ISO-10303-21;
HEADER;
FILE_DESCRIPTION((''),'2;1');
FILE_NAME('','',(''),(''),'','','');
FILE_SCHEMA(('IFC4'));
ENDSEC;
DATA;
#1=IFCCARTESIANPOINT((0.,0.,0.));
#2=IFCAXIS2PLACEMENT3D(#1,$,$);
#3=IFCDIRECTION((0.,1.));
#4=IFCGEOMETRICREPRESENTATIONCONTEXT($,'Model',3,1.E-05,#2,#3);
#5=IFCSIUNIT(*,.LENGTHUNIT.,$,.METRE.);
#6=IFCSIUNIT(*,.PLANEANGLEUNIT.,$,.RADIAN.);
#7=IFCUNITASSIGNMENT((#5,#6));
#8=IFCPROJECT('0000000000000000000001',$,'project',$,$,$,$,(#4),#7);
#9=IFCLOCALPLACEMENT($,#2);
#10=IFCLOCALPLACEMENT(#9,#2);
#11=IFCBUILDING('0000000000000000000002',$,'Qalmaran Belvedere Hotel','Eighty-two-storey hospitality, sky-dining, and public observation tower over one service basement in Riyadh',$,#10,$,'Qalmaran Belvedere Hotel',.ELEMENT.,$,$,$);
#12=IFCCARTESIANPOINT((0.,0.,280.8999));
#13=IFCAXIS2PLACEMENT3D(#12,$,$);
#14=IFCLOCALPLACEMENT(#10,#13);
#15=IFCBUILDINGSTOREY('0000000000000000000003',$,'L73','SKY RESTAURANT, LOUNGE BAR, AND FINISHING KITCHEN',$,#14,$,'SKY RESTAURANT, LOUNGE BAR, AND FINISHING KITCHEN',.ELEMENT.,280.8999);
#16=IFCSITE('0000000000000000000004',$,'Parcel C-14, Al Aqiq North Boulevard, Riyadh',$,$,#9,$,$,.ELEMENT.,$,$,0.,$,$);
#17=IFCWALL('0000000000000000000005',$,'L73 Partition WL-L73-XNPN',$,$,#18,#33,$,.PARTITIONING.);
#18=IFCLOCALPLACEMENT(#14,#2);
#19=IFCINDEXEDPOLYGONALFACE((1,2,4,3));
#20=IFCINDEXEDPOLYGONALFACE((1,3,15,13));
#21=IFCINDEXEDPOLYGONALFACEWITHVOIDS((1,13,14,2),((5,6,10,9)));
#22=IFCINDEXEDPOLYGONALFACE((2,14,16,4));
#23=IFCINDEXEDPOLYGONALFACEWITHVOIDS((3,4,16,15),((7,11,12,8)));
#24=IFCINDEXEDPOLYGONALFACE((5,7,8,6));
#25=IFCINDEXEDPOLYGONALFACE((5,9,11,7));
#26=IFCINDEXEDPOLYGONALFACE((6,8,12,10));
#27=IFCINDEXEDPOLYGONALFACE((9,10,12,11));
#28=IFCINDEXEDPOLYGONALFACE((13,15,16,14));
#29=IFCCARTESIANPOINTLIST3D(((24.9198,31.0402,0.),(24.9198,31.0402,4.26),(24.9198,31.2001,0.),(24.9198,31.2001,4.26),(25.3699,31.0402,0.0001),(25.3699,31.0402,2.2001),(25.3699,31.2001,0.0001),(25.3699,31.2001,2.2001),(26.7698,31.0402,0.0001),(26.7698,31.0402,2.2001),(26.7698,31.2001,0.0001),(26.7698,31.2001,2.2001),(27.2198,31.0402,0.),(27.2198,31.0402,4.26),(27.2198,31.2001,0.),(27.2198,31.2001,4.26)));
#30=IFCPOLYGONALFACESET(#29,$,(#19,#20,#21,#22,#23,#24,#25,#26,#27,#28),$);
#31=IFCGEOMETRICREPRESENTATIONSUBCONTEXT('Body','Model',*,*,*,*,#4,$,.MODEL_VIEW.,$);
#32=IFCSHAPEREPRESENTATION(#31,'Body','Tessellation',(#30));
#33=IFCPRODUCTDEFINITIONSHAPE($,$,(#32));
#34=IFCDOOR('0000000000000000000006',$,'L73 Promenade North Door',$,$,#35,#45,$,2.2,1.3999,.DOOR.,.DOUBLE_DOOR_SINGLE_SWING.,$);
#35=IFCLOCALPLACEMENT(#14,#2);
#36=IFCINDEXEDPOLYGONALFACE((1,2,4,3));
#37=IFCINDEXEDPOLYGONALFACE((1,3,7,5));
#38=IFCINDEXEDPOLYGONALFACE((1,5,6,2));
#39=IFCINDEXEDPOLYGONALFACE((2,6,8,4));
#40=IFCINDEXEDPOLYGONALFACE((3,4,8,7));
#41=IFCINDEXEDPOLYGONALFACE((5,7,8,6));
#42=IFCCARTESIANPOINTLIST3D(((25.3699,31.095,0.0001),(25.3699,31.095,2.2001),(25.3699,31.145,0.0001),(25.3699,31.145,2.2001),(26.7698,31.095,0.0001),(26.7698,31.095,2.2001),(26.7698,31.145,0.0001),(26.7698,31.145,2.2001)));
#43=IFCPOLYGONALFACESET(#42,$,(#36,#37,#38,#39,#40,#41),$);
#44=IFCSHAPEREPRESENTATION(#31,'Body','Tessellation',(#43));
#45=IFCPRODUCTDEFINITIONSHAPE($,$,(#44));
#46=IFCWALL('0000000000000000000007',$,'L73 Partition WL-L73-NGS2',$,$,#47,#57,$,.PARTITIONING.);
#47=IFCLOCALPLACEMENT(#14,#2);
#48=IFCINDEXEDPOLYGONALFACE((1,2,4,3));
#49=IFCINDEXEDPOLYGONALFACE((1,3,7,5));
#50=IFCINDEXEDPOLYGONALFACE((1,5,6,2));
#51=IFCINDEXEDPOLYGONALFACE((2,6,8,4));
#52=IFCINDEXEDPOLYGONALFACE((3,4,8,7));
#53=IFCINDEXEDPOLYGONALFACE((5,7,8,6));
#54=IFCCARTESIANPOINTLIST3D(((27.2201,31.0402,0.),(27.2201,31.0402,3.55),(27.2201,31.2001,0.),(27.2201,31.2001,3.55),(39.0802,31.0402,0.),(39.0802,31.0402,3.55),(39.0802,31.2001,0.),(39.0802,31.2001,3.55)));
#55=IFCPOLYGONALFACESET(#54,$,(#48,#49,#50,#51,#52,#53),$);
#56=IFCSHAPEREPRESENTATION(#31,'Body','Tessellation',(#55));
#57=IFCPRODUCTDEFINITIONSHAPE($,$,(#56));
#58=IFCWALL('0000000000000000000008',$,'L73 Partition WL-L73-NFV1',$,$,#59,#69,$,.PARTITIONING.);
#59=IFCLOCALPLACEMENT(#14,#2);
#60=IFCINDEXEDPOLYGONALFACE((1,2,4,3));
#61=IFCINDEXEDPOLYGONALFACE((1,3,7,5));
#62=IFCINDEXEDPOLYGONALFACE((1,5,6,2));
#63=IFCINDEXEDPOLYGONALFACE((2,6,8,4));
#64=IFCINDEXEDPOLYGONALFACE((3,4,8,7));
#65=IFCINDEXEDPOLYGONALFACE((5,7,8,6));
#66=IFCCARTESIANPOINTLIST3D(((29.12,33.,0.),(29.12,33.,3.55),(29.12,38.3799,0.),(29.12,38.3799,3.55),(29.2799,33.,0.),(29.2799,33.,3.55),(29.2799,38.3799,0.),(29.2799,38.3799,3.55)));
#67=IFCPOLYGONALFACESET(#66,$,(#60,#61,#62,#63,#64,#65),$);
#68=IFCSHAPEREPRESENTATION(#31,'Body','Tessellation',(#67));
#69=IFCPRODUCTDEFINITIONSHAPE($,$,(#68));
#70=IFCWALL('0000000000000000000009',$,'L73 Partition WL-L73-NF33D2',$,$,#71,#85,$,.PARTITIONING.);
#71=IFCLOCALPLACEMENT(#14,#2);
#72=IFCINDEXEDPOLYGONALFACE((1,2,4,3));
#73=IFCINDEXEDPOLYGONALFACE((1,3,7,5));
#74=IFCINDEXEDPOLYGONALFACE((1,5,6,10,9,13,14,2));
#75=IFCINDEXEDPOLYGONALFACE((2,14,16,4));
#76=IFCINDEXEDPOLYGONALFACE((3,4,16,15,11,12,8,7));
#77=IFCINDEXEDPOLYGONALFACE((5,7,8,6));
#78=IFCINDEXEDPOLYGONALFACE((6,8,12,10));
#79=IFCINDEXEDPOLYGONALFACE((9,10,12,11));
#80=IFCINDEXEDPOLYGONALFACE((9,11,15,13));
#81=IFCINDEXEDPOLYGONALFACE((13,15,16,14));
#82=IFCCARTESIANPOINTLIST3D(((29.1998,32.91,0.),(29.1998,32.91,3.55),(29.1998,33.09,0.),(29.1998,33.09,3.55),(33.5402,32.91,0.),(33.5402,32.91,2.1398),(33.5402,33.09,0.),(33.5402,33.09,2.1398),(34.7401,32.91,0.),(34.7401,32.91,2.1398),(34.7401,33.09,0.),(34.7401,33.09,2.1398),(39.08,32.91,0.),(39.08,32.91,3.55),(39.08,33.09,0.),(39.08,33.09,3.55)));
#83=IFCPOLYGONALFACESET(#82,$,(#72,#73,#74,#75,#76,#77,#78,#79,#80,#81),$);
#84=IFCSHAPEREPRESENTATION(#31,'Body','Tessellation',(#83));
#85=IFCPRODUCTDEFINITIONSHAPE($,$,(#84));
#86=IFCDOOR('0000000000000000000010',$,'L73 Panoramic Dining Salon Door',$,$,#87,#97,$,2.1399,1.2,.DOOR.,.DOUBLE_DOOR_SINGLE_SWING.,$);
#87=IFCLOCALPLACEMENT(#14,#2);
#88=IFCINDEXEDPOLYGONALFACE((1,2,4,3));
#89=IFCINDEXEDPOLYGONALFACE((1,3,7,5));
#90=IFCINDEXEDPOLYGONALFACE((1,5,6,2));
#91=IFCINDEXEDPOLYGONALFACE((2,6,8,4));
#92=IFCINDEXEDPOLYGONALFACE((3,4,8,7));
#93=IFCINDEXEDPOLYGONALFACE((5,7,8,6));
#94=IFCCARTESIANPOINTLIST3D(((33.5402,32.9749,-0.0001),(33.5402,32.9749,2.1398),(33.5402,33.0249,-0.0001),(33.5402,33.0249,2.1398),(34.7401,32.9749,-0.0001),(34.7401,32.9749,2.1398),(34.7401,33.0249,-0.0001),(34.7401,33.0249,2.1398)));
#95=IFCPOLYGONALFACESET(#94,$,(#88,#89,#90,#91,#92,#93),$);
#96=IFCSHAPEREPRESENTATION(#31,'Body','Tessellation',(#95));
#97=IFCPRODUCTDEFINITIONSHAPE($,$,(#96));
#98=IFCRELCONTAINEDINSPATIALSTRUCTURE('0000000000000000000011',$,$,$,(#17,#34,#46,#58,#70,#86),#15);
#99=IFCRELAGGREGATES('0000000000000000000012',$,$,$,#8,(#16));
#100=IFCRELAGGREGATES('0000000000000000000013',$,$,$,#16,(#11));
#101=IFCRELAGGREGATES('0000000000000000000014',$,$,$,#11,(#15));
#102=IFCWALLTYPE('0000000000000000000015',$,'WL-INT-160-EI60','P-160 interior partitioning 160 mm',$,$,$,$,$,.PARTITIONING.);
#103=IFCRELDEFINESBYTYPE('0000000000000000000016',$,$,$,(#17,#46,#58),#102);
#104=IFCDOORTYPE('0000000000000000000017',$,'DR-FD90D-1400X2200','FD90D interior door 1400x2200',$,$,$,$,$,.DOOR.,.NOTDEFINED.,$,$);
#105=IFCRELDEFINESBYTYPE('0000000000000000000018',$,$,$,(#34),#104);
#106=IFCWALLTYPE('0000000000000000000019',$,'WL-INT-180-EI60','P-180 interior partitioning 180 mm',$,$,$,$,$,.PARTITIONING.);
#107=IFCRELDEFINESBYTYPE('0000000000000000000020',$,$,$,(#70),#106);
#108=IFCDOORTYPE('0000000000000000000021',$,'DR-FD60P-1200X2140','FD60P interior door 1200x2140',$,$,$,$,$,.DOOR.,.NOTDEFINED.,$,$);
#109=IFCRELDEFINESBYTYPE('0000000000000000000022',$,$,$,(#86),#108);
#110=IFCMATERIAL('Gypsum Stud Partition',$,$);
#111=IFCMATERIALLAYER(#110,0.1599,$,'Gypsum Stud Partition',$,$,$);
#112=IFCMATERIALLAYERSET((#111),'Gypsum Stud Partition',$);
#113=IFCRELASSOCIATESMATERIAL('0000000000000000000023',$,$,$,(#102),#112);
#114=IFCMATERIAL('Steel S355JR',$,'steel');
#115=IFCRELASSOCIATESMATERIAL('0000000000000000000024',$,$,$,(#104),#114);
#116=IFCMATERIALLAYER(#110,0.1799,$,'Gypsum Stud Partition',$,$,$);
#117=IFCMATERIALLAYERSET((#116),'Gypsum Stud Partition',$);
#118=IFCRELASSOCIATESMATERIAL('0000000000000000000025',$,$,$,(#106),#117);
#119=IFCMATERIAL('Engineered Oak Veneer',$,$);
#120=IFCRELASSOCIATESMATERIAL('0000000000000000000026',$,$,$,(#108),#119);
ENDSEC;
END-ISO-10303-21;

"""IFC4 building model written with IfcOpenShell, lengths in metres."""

from ifc_helpers import new_model, si_unit, direction, frame, frame_2d, origin, place, context, subcontext, project, spatial, rectangle, extrude, material, layer, layer_set, type_object, element, fill, save


model = new_model("IFC4")

# Units and contexts
model_context = context("Model", 3, precision=1e-05, world=origin(), true_north=direction((0.0, 1.0)))
body_context = subcontext(model_context, "Body", "Model", "MODEL_VIEW")
ifc_project = project(units=[si_unit("LENGTHUNIT", "METRE"), si_unit("PLANEANGLEUNIT", "RADIAN")], contexts=[model_context])

# Site, building, storey
site_placement = place(None, origin())
site = spatial("IfcSite", under=ifc_project, at=site_placement, Name="Parcel C-14, Al Aqiq North Boulevard, Riyadh", CompositionType="ELEMENT", RefElevation=0.0)
building_placement = place(site_placement, origin())
building = spatial("IfcBuilding", under=site, at=building_placement, Name="Qalmaran Belvedere Hotel", Description="Eighty-two-storey hospitality, sky-dining, and public observation tower over one service basement in Riyadh", LongName="Qalmaran Belvedere Hotel", CompositionType="ELEMENT")
storey_placement = place(building_placement, frame((0.0, 0.0, 280.8999)))
storey = spatial("IfcBuildingStorey", under=building, at=storey_placement, Name="L73", Description="SKY RESTAURANT, LOUNGE BAR, AND FINISHING KITCHEN", LongName="SKY RESTAURANT, LOUNGE BAR, AND FINISHING KITCHEN", CompositionType="ELEMENT", Elevation=280.8999)

# Shared definitions
ifc_material_1 = material(Name="Steel S355JR", Category="steel")

# Wall, opening, door
ifc_material_2 = material(Name="Gypsum Stud Partition")
ifc_layer_1 = layer(ifc_material_2, 0.1599, Name="Gypsum Stud Partition")
ifc_layer_set_1 = layer_set([ifc_layer_1], Name="Gypsum Stud Partition")
wall_type_1 = type_object("IfcWallType", Name="WL-INT-160-EI60", Description="P-160 interior partitioning 160 mm", PredefinedType="PARTITIONING", material=ifc_layer_set_1)
wall_1_placement = place(storey_placement, frame((24.9199, 31.1201, 0.0), z_axis=(0.0, 0.0, 1.0), x_axis=(1.0, 0.0, 0.0)))
wall_1 = element("IfcWall", 1, at=wall_1_placement, inside=storey, type_object=wall_type_1, Name="L73 Partition WL-L73-XNPN", PredefinedType="PARTITIONING", context=body_context, shape_type="SweptSolid", body=[
    extrude(rectangle(XDim=2.3, YDim=0.1599, at=frame_2d((1.1499, 0.0))), origin(), (0.0, 0.0, 1.0), 4.26),
])
opening_1_placement = place(wall_1_placement, frame((0.45, 0.0, 0.0)))
opening_1 = element("IfcOpeningElement", 2, at=opening_1_placement, cuts=wall_1, PredefinedType="OPENING", context=body_context, shape_type="SweptSolid", body=[
    extrude(rectangle(XDim=1.3999, YDim=2.2, at=frame_2d((0.7, 1.1001))), frame((0.0, 0.0898, 0.0), z_axis=(0.0, -1.0, 0.0), x_axis=(1.0, 0.0, 0.0)), (0.0, 0.0, 1.0), 0.1799),
])
door_type_1 = type_object("IfcDoorType", Name="DR-FD90D-1400X2200", Description="FD90D interior door 1400x2200", OperationType="NOTDEFINED", PredefinedType="DOOR", material=ifc_material_1)
door_1_placement = place(opening_1_placement, origin())
door_1 = element("IfcDoor", 3, at=door_1_placement, inside=storey, type_object=door_type_1, Name="L73 Promenade North Door", OperationType="DOUBLE_DOOR_SINGLE_SWING", OverallHeight=2.2, OverallWidth=1.3999, PredefinedType="DOOR", context=body_context, shape_type="SweptSolid", body=[
    extrude(rectangle(XDim=1.3999, YDim=2.2, at=frame_2d((0.7, 1.1001))), frame((0.0, 0.0249, 0.0), z_axis=(0.0, -1.0, 0.0), x_axis=(1.0, 0.0, 0.0)), (0.0, 0.0, 1.0), 0.05),
])
fill(opening_1, door_1)

# Walls
wall_2_placement = place(storey_placement, frame((27.22, 31.1201, 0.0), z_axis=(0.0, 0.0, 1.0), x_axis=(1.0, 0.0, 0.0)))
element("IfcWall", 4, at=wall_2_placement, inside=storey, type_object=wall_type_1, Name="L73 Partition WL-L73-NGS2", PredefinedType="PARTITIONING", context=body_context, shape_type="SweptSolid", body=[
    extrude(rectangle(XDim=11.8601, YDim=0.1599, at=frame_2d((5.9302, 0.0))), origin(), (0.0, 0.0, 1.0), 3.55),
])
wall_3_placement = place(storey_placement, frame((29.2, 33.0, 0.0), z_axis=(0.0, 0.0, 1.0), x_axis=(0.0, 1.0, 0.0)))
element("IfcWall", 5, at=wall_3_placement, inside=storey, type_object=wall_type_1, Name="L73 Partition WL-L73-NFV1", PredefinedType="PARTITIONING", context=body_context, shape_type="SweptSolid", body=[
    extrude(rectangle(XDim=5.3799, YDim=0.1599, at=frame_2d((2.6899, 0.0))), origin(), (0.0, 0.0, 1.0), 3.55),
])

# Wall, opening, door
ifc_layer_2 = layer(ifc_material_2, 0.1799, Name="Gypsum Stud Partition")
ifc_layer_set_2 = layer_set([ifc_layer_2], Name="Gypsum Stud Partition")
wall_type_2 = type_object("IfcWallType", Name="WL-INT-180-EI60", Description="P-180 interior partitioning 180 mm", PredefinedType="PARTITIONING", material=ifc_layer_set_2)
wall_4_placement = place(storey_placement, frame((29.2, 33.0, 0.0), z_axis=(0.0, 0.0, 1.0), x_axis=(1.0, 0.0, 0.0)))
wall_4 = element("IfcWall", 6, at=wall_4_placement, inside=storey, type_object=wall_type_2, Name="L73 Partition WL-L73-NF33D2", PredefinedType="PARTITIONING", context=body_context, shape_type="SweptSolid", body=[
    extrude(rectangle(XDim=9.8801, YDim=0.1799, at=frame_2d((4.9399, 0.0))), origin(), (0.0, 0.0, 1.0), 3.55),
])
opening_2_placement = place(wall_4_placement, frame((4.3401, 0.0, 0.0)))
opening_2 = element("IfcOpeningElement", 7, at=opening_2_placement, cuts=wall_4, PredefinedType="OPENING", context=body_context, shape_type="SweptSolid", body=[
    extrude(rectangle(XDim=1.2, YDim=2.1399, at=frame_2d((0.6001, 1.0698))), frame((0.0, 0.1001, 0.0), z_axis=(0.0, -1.0, 0.0), x_axis=(1.0, 0.0, 0.0)), (0.0, 0.0, 1.0), 0.2),
])
ifc_material_3 = material(Name="Engineered Oak Veneer")
door_type_2 = type_object("IfcDoorType", Name="DR-FD60P-1200X2140", Description="FD60P interior door 1200x2140", OperationType="NOTDEFINED", PredefinedType="DOOR", material=ifc_material_3)
door_2_placement = place(opening_2_placement, origin())
door_2 = element("IfcDoor", 8, at=door_2_placement, inside=storey, type_object=door_type_2, Name="L73 Panoramic Dining Salon Door", OperationType="DOUBLE_DOOR_SINGLE_SWING", OverallHeight=2.1399, OverallWidth=1.2, PredefinedType="DOOR", context=body_context, shape_type="SweptSolid", body=[
    extrude(rectangle(XDim=1.2, YDim=2.1399, at=frame_2d((0.6001, 1.0698))), frame((0.0, 0.0249, 0.0), z_axis=(0.0, -1.0, 0.0), x_axis=(1.0, 0.0, 0.0)), (0.0, 0.0, 1.0), 0.05),
])
fill(opening_2, door_2)

save(model, "model.ifc")
